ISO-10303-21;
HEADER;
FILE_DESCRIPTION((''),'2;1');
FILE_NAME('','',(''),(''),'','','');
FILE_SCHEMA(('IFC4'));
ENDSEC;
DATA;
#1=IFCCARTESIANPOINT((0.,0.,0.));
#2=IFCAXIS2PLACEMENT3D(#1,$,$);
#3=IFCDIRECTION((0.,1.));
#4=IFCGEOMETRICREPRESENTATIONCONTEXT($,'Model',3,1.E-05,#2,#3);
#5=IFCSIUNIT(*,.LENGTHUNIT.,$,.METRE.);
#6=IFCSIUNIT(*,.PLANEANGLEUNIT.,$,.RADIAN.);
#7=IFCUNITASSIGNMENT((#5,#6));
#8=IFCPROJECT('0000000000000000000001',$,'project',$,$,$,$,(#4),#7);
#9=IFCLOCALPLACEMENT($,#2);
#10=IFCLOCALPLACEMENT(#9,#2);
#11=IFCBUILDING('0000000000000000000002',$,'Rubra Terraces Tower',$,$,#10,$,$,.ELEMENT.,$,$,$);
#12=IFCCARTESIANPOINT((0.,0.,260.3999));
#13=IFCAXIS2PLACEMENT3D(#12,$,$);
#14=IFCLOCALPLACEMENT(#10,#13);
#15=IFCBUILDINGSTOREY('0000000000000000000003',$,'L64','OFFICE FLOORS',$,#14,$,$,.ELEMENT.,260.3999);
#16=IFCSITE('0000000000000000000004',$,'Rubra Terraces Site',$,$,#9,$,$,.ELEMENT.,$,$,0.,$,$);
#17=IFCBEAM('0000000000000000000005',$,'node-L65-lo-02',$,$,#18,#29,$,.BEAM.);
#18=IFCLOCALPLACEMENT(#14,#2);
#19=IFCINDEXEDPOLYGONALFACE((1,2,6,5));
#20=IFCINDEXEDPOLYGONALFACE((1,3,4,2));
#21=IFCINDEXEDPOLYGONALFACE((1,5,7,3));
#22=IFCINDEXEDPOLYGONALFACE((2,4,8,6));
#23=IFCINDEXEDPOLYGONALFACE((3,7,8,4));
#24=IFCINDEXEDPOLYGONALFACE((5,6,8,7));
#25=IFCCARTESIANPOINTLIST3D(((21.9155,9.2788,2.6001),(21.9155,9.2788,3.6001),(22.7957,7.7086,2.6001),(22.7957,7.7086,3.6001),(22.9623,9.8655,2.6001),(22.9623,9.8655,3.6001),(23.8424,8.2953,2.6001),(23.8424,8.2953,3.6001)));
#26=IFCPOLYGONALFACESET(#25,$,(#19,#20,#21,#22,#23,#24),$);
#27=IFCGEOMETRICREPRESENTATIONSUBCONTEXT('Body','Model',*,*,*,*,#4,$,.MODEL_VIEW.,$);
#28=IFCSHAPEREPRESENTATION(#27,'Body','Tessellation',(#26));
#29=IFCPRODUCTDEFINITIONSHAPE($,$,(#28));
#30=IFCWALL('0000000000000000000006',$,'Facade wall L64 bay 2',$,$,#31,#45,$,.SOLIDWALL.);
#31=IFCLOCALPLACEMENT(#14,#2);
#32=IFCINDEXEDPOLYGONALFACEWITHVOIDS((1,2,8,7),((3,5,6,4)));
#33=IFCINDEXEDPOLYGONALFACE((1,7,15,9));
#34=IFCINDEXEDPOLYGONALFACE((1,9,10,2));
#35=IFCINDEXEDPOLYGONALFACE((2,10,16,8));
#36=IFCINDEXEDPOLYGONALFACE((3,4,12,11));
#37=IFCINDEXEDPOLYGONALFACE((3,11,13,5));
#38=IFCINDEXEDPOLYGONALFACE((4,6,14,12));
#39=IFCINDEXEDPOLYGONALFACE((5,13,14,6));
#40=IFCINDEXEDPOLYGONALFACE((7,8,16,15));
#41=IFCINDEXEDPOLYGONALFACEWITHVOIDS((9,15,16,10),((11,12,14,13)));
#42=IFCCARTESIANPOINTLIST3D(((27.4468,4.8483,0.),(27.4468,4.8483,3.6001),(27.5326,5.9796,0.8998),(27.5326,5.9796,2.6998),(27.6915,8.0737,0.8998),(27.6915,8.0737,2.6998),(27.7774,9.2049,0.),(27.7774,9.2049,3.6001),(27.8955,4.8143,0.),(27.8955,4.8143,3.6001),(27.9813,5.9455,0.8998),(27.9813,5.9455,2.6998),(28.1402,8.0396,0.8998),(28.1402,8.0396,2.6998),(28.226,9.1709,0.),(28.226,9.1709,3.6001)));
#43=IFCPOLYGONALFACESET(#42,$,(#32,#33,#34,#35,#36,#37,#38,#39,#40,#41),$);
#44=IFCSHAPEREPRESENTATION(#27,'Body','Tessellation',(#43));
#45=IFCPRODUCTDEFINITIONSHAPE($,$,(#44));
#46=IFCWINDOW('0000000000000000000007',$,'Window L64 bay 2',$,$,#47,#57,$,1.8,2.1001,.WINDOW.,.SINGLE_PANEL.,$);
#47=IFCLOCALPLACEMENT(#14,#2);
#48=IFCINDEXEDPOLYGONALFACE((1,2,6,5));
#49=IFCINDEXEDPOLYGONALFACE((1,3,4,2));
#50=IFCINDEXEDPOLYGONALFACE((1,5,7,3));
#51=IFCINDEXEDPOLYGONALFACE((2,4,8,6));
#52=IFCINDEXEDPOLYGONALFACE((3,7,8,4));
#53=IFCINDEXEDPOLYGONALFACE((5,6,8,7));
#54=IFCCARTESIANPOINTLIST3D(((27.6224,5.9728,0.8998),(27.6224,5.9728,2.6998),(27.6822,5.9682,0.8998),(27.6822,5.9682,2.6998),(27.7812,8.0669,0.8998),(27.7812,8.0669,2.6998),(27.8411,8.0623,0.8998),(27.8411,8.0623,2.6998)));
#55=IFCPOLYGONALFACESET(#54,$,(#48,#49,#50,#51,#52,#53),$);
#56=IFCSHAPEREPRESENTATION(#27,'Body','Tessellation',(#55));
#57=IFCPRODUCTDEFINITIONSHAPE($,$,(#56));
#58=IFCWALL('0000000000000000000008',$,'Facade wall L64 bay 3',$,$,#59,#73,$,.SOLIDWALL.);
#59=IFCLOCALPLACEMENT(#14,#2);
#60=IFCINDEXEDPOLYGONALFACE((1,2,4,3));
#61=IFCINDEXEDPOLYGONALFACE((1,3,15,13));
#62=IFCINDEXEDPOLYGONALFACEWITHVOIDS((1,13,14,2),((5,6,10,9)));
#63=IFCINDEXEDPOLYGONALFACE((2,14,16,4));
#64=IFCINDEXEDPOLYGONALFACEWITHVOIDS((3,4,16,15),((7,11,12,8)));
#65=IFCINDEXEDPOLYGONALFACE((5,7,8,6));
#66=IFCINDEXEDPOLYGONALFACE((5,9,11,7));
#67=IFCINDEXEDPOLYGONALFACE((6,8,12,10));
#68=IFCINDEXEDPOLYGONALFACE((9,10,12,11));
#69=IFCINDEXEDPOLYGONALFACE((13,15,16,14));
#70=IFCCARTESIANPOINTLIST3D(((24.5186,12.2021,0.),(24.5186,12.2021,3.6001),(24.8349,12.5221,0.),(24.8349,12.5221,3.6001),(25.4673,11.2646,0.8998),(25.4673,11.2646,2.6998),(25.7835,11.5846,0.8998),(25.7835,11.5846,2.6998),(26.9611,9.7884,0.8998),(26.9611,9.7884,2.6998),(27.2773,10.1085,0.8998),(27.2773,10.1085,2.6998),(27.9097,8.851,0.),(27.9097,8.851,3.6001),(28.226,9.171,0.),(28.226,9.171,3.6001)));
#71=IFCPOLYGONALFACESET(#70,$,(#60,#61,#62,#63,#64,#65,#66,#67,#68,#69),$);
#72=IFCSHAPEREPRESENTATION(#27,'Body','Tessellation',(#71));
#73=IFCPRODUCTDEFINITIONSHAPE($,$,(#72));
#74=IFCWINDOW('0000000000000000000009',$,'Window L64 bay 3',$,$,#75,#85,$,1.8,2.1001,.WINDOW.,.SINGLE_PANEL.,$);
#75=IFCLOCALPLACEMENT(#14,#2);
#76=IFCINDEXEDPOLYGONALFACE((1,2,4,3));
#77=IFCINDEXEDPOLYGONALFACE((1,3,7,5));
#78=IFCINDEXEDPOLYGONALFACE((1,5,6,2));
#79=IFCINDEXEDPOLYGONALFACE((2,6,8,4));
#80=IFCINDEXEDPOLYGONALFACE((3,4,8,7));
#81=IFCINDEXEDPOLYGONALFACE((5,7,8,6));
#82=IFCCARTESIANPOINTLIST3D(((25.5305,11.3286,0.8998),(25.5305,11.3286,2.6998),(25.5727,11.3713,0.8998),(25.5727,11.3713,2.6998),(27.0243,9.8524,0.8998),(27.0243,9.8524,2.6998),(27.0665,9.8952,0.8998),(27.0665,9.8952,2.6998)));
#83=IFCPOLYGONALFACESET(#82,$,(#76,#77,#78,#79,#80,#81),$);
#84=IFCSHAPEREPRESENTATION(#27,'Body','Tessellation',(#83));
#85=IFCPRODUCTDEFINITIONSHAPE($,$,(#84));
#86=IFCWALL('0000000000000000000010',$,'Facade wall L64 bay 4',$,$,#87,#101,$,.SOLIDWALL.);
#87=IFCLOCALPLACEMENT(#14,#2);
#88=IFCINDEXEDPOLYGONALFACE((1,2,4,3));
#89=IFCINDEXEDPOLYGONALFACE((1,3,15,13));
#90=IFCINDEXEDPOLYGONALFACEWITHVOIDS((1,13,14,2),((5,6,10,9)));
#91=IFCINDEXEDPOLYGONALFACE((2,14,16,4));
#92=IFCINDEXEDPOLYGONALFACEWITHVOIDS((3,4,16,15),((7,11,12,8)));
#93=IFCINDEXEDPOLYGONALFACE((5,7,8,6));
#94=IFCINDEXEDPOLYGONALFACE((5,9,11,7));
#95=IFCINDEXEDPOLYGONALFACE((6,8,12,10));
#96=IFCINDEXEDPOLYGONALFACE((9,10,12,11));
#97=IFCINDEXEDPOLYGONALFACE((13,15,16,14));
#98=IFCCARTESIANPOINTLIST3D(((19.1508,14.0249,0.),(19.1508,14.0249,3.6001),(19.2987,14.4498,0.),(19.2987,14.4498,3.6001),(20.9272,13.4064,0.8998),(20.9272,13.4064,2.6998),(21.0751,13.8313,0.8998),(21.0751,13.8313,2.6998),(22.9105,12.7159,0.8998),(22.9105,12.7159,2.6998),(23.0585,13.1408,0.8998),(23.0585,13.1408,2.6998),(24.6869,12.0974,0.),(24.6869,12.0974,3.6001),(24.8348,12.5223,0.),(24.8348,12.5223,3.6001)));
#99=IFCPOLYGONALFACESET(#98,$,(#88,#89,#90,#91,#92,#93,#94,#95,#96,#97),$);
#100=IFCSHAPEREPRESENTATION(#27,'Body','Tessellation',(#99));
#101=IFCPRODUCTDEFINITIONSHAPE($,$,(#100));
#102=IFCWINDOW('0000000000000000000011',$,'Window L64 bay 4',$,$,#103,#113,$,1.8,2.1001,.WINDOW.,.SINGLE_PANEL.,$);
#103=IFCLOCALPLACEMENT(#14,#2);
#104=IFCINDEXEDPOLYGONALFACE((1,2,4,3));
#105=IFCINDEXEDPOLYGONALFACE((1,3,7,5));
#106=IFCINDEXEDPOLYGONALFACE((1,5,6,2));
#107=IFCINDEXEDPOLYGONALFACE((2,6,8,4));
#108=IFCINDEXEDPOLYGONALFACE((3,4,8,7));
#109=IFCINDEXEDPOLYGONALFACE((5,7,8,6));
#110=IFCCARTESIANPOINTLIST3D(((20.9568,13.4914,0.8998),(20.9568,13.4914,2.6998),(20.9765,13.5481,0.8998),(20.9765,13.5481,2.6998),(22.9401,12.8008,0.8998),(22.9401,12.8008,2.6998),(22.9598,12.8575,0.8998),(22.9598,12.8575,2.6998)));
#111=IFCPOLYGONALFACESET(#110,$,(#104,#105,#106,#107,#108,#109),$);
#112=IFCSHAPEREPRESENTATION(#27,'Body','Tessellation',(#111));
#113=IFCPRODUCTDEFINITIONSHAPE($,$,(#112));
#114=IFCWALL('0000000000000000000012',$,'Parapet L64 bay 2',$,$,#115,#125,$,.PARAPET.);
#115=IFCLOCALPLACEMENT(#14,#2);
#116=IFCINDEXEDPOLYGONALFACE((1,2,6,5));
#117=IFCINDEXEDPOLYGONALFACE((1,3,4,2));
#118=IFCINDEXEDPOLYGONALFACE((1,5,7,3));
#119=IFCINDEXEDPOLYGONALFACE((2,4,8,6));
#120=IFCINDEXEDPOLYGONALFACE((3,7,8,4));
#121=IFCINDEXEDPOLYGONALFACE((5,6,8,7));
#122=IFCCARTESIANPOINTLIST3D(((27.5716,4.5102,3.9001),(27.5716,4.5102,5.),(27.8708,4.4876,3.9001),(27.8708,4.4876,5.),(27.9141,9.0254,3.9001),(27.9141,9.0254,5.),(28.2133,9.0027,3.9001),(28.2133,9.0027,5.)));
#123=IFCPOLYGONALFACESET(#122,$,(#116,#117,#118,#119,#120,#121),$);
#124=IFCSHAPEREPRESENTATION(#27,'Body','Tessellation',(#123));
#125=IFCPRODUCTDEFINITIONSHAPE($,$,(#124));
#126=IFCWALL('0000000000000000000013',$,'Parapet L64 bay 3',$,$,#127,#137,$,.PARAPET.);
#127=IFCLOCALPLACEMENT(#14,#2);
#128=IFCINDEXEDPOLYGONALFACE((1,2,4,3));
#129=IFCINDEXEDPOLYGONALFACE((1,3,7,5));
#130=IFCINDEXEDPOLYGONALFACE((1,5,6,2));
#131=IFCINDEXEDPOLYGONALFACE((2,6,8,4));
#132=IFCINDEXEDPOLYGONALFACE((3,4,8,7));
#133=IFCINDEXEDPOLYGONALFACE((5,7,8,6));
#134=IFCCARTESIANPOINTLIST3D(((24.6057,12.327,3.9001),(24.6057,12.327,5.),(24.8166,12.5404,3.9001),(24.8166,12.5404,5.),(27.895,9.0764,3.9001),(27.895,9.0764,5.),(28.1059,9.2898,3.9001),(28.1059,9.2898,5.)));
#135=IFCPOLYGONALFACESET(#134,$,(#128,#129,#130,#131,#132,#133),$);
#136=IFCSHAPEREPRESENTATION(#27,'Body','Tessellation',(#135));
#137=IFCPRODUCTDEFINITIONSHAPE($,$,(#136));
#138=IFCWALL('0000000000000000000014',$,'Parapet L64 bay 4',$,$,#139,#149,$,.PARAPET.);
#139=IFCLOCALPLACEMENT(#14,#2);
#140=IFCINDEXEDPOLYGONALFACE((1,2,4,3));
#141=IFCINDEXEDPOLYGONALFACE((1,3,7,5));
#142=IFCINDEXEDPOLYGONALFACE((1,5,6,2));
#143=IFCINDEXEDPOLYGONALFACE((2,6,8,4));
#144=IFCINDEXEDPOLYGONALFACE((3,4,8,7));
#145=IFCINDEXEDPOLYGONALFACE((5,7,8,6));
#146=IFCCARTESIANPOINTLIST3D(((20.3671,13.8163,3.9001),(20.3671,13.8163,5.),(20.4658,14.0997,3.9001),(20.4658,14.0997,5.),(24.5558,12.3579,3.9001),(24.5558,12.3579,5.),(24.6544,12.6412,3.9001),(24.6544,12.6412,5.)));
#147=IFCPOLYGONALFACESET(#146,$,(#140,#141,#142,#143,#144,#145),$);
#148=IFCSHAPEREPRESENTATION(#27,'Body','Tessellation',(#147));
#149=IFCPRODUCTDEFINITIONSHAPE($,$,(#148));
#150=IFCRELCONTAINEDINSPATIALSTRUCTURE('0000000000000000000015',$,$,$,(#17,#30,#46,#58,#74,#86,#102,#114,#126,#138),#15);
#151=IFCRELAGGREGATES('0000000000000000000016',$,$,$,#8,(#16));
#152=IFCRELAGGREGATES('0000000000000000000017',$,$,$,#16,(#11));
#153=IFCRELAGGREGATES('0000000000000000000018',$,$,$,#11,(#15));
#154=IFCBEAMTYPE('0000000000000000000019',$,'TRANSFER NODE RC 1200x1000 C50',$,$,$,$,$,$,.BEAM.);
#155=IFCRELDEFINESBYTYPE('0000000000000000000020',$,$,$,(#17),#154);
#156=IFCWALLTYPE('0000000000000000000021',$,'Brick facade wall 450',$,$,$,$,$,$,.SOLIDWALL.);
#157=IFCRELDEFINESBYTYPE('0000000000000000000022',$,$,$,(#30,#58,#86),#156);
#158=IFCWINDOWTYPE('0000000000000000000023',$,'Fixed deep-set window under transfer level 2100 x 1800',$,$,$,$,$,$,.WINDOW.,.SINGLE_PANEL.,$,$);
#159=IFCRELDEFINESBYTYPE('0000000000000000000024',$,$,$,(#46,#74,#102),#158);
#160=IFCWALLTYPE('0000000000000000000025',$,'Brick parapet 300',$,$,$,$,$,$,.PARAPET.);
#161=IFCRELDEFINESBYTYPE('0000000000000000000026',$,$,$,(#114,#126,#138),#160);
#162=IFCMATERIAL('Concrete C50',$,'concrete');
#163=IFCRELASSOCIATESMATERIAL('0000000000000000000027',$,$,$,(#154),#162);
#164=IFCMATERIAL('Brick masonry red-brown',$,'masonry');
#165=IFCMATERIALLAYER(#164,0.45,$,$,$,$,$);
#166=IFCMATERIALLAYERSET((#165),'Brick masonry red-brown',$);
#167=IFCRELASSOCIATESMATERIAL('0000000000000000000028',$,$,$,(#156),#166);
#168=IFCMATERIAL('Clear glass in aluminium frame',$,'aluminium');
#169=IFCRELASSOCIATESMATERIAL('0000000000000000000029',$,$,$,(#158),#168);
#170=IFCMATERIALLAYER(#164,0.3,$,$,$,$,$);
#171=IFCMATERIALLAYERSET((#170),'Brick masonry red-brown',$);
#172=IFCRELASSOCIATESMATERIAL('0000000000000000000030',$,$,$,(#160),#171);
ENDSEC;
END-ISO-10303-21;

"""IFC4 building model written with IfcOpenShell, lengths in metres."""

from ifc_helpers import new_model, si_unit, direction, frame, frame_2d, origin, origin_2d, place, context, subcontext, project, spatial, rectangle, extrude, material, layer, layer_set, material_profile, profile_set, type_object, element, fill, save


model = new_model("IFC4")

# Units and contexts
model_context = context("Model", 3, precision=1e-05, world=origin(), true_north=direction((0.0, 1.0)))
body_context = subcontext(model_context, "Body", "Model", "MODEL_VIEW")
ifc_project = project(units=[si_unit("LENGTHUNIT", "METRE"), si_unit("PLANEANGLEUNIT", "RADIAN")], contexts=[model_context])

# Site, building, storey
site_placement = place(None, origin())
site = spatial("IfcSite", under=ifc_project, at=site_placement, Name="Rubra Terraces Site", CompositionType="ELEMENT", RefElevation=0.0)
building_placement = place(site_placement, origin())
building = spatial("IfcBuilding", under=site, at=building_placement, Name="Rubra Terraces Tower", CompositionType="ELEMENT")
storey_placement = place(building_placement, frame((0.0, 0.0, 260.3999)))
storey = spatial("IfcBuildingStorey", under=building, at=storey_placement, Name="L64", Description="OFFICE FLOORS", CompositionType="ELEMENT", Elevation=260.3999)

# Shared definitions
ifc_material_1 = material(Name="Concrete C50", Category="concrete")

# Beam
ifc_material_profile_1 = material_profile(ifc_material_1, rectangle(XDim=1.2, YDim=1.0, at=origin_2d()), Name="RC 1200x1000")
ifc_profile_set_1 = profile_set([ifc_material_profile_1], Name="Concrete C50")
beam_type_1 = type_object("IfcBeamType", Name="TRANSFER NODE RC 1200x1000 C50", PredefinedType="BEAM", material=ifc_profile_set_1)
beam_1_placement = place(storey_placement, frame((23.3191, 8.002, 3.1001), z_axis=(-0.488979, 0.872295, 0.0), x_axis=(-0.872295, -0.488979, 0.0)))
element("IfcBeam", 1, at=beam_1_placement, inside=storey, type_object=beam_type_1, Name="node-L65-lo-02", PredefinedType="BEAM", context=body_context, shape_type="SweptSolid", body=[
    extrude(rectangle(XDim=1.2, YDim=1.0, at=origin_2d()), origin(), (0.0, 0.0, 1.0), 1.8),
])

# Walls, openings, windows
ifc_material_2 = material(Name="Brick masonry red-brown", Category="masonry")
ifc_layer_1 = layer(ifc_material_2, 0.45)
ifc_layer_set_1 = layer_set([ifc_layer_1], Name="Brick masonry red-brown")
wall_type_1 = type_object("IfcWallType", Name="Brick facade wall 450", PredefinedType="SOLIDWALL", material=ifc_layer_set_1)
wall_1_placement = place(storey_placement, frame((27.6711, 4.8313, 0.0), z_axis=(0.0, 0.0, 1.0), x_axis=(0.075658, 0.997134, 0.0)))
wall_1 = element("IfcWall", 2, at=wall_1_placement, inside=storey, type_object=wall_type_1, Name="Facade wall L64 bay 2", PredefinedType="SOLIDWALL", context=body_context, shape_type="SweptSolid", body=[
    extrude(rectangle(XDim=4.3691, YDim=0.45, at=frame_2d((2.1846, 0.0))), origin(), (0.0, 0.0, 1.0), 3.6001),
])
opening_1_placement = place(wall_1_placement, frame((1.1345, 0.0, 0.8999)))
opening_1 = element("IfcOpeningElement", 3, at=opening_1_placement, cuts=wall_1, PredefinedType="OPENING", context=body_context, shape_type="SweptSolid", body=[
    extrude(rectangle(XDim=2.1001, YDim=1.8, at=frame_2d((1.05, 0.8999))), frame((0.0, 0.2349, 0.0), z_axis=(0.0, -1.0, 0.0), x_axis=(1.0, 0.0, 0.0)), (0.0, 0.0, 1.0), 0.47),
])
ifc_material_3 = material(Name="Clear glass in aluminium frame", Category="aluminium")
window_type = type_object("IfcWindowType", Name="Fixed deep-set window under transfer level 2100 x 1800", PartitioningType="SINGLE_PANEL", PredefinedType="WINDOW", material=ifc_material_3)
window_1_placement = place(opening_1_placement, origin())
window_1 = element("IfcWindow", 4, at=window_1_placement, inside=storey, type_object=window_type, Name="Window L64 bay 2", OverallHeight=1.8, OverallWidth=2.1001, PartitioningType="SINGLE_PANEL", PredefinedType="WINDOW", context=body_context, shape_type="SweptSolid", body=[
    extrude(rectangle(XDim=2.1001, YDim=1.8, at=frame_2d((1.05, 0.8999))), frame((0.0, 0.135, 0.0), z_axis=(0.0, -1.0, 0.0), x_axis=(1.0, 0.0, 0.0)), (0.0, 0.0, 1.0), 0.0601),
])
fill(opening_1, window_1)
wall_2_placement = place(storey_placement, frame((28.0679, 9.011, 0.0), z_axis=(0.0, 0.0, 1.0), x_axis=(-0.711293, 0.702895, 0.0)))
wall_2 = element("IfcWall", 5, at=wall_2_placement, inside=storey, type_object=wall_type_1, Name="Facade wall L64 bay 3", PredefinedType="SOLIDWALL", context=body_context, shape_type="SweptSolid", body=[
    extrude(rectangle(XDim=4.7676, YDim=0.45, at=frame_2d((2.3838, 0.0))), origin(), (0.0, 0.0, 1.0), 3.6001),
])
opening_2_placement = place(wall_2_placement, frame((1.3337, 0.0, 0.8999)))
opening_2 = element("IfcOpeningElement", 6, at=opening_2_placement, cuts=wall_2, PredefinedType="OPENING", context=body_context, shape_type="SweptSolid", body=[
    extrude(rectangle(XDim=2.1001, YDim=1.8, at=frame_2d((1.05, 0.8999))), frame((0.0, 0.2349, 0.0), z_axis=(0.0, -1.0, 0.0), x_axis=(1.0, 0.0, 0.0)), (0.0, 0.0, 1.0), 0.47),
])
window_2_placement = place(opening_2_placement, origin())
window_2 = element("IfcWindow", 7, at=window_2_placement, inside=storey, type_object=window_type, Name="Window L64 bay 3", OverallHeight=1.8, OverallWidth=2.1001, PartitioningType="SINGLE_PANEL", PredefinedType="WINDOW", context=body_context, shape_type="SweptSolid", body=[
    extrude(rectangle(XDim=2.1001, YDim=1.8, at=frame_2d((1.05, 0.8999))), frame((0.0, 0.135, 0.0), z_axis=(0.0, -1.0, 0.0), x_axis=(1.0, 0.0, 0.0)), (0.0, 0.0, 1.0), 0.0601),
])
fill(opening_2, window_2)
wall_3_placement = place(storey_placement, frame((24.761, 12.3098, 0.0), z_axis=(0.0, 0.0, 1.0), x_axis=(-0.944397, 0.328807, 0.0)))
wall_3 = element("IfcWall", 8, at=wall_3_placement, inside=storey, type_object=wall_type_1, Name="Facade wall L64 bay 4", PredefinedType="SOLIDWALL", context=body_context, shape_type="SweptSolid", body=[
    extrude(rectangle(XDim=5.8621, YDim=0.45, at=frame_2d((2.9312, 0.0))), origin(), (0.0, 0.0, 1.0), 3.6001),
])
opening_3_placement = place(wall_3_placement, frame((1.8811, 0.0, 0.8999)))
opening_3 = element("IfcOpeningElement", 9, at=opening_3_placement, cuts=wall_3, PredefinedType="OPENING", context=body_context, shape_type="SweptSolid", body=[
    extrude(rectangle(XDim=2.1001, YDim=1.8, at=frame_2d((1.05, 0.8999))), frame((0.0, 0.2349, 0.0), z_axis=(0.0, -1.0, 0.0), x_axis=(1.0, 0.0, 0.0)), (0.0, 0.0, 1.0), 0.47),
])
window_3_placement = place(opening_3_placement, origin())
window_3 = element("IfcWindow", 10, at=window_3_placement, inside=storey, type_object=window_type, Name="Window L64 bay 4", OverallHeight=1.8, OverallWidth=2.1001, PartitioningType="SINGLE_PANEL", PredefinedType="WINDOW", context=body_context, shape_type="SweptSolid", body=[
    extrude(rectangle(XDim=2.1001, YDim=1.8, at=frame_2d((1.05, 0.8999))), frame((0.0, 0.135, 0.0), z_axis=(0.0, -1.0, 0.0), x_axis=(1.0, 0.0, 0.0)), (0.0, 0.0, 1.0), 0.0601),
])
fill(opening_3, window_3)

# Walls
ifc_layer_2 = layer(ifc_material_2, 0.3)
ifc_layer_set_2 = layer_set([ifc_layer_2], Name="Brick masonry red-brown")
wall_type_2 = type_object("IfcWallType", Name="Brick parapet 300", PredefinedType="PARAPET", material=ifc_layer_set_2)
wall_4_placement = place(storey_placement, frame((27.7212, 4.4988, 3.9001), z_axis=(0.0, 0.0, 1.0), x_axis=(0.075645, 0.997135, 0.0)))
element("IfcWall", 11, at=wall_4_placement, inside=storey, type_object=wall_type_2, Name="Parapet L64 bay 2", PredefinedType="PARAPET", context=body_context, shape_type="SweptSolid", body=[
    extrude(rectangle(XDim=4.5281, YDim=0.3, at=frame_2d((2.2642, 0.0))), origin(), (0.0, 0.0, 1.0), 1.0999),
])
wall_5_placement = place(storey_placement, frame((28.0005, 9.1831, 3.9001), z_axis=(0.0, 0.0, 1.0), x_axis=(-0.711291, 0.702897, 0.0)))
element("IfcWall", 12, at=wall_5_placement, inside=storey, type_object=wall_type_2, Name="Parapet L64 bay 3", PredefinedType="PARAPET", context=body_context, shape_type="SweptSolid", body=[
    extrude(rectangle(XDim=4.6245, YDim=0.3, at=frame_2d((2.3123, 0.0))), origin(), (0.0, 0.0, 1.0), 1.0999),
])
wall_6_placement = place(storey_placement, frame((24.6052, 12.4995, 3.9001), z_axis=(0.0, 0.0, 1.0), x_axis=(-0.944388, 0.328832, 0.0)))
element("IfcWall", 13, at=wall_6_placement, inside=storey, type_object=wall_type_2, Name="Parapet L64 bay 4", PredefinedType="PARAPET", context=body_context, shape_type="SweptSolid", body=[
    extrude(rectangle(XDim=4.4353, YDim=0.3, at=frame_2d((2.2178, 0.0))), origin(), (0.0, 0.0, 1.0), 1.0999),
])

save(model, "model.ifc")
